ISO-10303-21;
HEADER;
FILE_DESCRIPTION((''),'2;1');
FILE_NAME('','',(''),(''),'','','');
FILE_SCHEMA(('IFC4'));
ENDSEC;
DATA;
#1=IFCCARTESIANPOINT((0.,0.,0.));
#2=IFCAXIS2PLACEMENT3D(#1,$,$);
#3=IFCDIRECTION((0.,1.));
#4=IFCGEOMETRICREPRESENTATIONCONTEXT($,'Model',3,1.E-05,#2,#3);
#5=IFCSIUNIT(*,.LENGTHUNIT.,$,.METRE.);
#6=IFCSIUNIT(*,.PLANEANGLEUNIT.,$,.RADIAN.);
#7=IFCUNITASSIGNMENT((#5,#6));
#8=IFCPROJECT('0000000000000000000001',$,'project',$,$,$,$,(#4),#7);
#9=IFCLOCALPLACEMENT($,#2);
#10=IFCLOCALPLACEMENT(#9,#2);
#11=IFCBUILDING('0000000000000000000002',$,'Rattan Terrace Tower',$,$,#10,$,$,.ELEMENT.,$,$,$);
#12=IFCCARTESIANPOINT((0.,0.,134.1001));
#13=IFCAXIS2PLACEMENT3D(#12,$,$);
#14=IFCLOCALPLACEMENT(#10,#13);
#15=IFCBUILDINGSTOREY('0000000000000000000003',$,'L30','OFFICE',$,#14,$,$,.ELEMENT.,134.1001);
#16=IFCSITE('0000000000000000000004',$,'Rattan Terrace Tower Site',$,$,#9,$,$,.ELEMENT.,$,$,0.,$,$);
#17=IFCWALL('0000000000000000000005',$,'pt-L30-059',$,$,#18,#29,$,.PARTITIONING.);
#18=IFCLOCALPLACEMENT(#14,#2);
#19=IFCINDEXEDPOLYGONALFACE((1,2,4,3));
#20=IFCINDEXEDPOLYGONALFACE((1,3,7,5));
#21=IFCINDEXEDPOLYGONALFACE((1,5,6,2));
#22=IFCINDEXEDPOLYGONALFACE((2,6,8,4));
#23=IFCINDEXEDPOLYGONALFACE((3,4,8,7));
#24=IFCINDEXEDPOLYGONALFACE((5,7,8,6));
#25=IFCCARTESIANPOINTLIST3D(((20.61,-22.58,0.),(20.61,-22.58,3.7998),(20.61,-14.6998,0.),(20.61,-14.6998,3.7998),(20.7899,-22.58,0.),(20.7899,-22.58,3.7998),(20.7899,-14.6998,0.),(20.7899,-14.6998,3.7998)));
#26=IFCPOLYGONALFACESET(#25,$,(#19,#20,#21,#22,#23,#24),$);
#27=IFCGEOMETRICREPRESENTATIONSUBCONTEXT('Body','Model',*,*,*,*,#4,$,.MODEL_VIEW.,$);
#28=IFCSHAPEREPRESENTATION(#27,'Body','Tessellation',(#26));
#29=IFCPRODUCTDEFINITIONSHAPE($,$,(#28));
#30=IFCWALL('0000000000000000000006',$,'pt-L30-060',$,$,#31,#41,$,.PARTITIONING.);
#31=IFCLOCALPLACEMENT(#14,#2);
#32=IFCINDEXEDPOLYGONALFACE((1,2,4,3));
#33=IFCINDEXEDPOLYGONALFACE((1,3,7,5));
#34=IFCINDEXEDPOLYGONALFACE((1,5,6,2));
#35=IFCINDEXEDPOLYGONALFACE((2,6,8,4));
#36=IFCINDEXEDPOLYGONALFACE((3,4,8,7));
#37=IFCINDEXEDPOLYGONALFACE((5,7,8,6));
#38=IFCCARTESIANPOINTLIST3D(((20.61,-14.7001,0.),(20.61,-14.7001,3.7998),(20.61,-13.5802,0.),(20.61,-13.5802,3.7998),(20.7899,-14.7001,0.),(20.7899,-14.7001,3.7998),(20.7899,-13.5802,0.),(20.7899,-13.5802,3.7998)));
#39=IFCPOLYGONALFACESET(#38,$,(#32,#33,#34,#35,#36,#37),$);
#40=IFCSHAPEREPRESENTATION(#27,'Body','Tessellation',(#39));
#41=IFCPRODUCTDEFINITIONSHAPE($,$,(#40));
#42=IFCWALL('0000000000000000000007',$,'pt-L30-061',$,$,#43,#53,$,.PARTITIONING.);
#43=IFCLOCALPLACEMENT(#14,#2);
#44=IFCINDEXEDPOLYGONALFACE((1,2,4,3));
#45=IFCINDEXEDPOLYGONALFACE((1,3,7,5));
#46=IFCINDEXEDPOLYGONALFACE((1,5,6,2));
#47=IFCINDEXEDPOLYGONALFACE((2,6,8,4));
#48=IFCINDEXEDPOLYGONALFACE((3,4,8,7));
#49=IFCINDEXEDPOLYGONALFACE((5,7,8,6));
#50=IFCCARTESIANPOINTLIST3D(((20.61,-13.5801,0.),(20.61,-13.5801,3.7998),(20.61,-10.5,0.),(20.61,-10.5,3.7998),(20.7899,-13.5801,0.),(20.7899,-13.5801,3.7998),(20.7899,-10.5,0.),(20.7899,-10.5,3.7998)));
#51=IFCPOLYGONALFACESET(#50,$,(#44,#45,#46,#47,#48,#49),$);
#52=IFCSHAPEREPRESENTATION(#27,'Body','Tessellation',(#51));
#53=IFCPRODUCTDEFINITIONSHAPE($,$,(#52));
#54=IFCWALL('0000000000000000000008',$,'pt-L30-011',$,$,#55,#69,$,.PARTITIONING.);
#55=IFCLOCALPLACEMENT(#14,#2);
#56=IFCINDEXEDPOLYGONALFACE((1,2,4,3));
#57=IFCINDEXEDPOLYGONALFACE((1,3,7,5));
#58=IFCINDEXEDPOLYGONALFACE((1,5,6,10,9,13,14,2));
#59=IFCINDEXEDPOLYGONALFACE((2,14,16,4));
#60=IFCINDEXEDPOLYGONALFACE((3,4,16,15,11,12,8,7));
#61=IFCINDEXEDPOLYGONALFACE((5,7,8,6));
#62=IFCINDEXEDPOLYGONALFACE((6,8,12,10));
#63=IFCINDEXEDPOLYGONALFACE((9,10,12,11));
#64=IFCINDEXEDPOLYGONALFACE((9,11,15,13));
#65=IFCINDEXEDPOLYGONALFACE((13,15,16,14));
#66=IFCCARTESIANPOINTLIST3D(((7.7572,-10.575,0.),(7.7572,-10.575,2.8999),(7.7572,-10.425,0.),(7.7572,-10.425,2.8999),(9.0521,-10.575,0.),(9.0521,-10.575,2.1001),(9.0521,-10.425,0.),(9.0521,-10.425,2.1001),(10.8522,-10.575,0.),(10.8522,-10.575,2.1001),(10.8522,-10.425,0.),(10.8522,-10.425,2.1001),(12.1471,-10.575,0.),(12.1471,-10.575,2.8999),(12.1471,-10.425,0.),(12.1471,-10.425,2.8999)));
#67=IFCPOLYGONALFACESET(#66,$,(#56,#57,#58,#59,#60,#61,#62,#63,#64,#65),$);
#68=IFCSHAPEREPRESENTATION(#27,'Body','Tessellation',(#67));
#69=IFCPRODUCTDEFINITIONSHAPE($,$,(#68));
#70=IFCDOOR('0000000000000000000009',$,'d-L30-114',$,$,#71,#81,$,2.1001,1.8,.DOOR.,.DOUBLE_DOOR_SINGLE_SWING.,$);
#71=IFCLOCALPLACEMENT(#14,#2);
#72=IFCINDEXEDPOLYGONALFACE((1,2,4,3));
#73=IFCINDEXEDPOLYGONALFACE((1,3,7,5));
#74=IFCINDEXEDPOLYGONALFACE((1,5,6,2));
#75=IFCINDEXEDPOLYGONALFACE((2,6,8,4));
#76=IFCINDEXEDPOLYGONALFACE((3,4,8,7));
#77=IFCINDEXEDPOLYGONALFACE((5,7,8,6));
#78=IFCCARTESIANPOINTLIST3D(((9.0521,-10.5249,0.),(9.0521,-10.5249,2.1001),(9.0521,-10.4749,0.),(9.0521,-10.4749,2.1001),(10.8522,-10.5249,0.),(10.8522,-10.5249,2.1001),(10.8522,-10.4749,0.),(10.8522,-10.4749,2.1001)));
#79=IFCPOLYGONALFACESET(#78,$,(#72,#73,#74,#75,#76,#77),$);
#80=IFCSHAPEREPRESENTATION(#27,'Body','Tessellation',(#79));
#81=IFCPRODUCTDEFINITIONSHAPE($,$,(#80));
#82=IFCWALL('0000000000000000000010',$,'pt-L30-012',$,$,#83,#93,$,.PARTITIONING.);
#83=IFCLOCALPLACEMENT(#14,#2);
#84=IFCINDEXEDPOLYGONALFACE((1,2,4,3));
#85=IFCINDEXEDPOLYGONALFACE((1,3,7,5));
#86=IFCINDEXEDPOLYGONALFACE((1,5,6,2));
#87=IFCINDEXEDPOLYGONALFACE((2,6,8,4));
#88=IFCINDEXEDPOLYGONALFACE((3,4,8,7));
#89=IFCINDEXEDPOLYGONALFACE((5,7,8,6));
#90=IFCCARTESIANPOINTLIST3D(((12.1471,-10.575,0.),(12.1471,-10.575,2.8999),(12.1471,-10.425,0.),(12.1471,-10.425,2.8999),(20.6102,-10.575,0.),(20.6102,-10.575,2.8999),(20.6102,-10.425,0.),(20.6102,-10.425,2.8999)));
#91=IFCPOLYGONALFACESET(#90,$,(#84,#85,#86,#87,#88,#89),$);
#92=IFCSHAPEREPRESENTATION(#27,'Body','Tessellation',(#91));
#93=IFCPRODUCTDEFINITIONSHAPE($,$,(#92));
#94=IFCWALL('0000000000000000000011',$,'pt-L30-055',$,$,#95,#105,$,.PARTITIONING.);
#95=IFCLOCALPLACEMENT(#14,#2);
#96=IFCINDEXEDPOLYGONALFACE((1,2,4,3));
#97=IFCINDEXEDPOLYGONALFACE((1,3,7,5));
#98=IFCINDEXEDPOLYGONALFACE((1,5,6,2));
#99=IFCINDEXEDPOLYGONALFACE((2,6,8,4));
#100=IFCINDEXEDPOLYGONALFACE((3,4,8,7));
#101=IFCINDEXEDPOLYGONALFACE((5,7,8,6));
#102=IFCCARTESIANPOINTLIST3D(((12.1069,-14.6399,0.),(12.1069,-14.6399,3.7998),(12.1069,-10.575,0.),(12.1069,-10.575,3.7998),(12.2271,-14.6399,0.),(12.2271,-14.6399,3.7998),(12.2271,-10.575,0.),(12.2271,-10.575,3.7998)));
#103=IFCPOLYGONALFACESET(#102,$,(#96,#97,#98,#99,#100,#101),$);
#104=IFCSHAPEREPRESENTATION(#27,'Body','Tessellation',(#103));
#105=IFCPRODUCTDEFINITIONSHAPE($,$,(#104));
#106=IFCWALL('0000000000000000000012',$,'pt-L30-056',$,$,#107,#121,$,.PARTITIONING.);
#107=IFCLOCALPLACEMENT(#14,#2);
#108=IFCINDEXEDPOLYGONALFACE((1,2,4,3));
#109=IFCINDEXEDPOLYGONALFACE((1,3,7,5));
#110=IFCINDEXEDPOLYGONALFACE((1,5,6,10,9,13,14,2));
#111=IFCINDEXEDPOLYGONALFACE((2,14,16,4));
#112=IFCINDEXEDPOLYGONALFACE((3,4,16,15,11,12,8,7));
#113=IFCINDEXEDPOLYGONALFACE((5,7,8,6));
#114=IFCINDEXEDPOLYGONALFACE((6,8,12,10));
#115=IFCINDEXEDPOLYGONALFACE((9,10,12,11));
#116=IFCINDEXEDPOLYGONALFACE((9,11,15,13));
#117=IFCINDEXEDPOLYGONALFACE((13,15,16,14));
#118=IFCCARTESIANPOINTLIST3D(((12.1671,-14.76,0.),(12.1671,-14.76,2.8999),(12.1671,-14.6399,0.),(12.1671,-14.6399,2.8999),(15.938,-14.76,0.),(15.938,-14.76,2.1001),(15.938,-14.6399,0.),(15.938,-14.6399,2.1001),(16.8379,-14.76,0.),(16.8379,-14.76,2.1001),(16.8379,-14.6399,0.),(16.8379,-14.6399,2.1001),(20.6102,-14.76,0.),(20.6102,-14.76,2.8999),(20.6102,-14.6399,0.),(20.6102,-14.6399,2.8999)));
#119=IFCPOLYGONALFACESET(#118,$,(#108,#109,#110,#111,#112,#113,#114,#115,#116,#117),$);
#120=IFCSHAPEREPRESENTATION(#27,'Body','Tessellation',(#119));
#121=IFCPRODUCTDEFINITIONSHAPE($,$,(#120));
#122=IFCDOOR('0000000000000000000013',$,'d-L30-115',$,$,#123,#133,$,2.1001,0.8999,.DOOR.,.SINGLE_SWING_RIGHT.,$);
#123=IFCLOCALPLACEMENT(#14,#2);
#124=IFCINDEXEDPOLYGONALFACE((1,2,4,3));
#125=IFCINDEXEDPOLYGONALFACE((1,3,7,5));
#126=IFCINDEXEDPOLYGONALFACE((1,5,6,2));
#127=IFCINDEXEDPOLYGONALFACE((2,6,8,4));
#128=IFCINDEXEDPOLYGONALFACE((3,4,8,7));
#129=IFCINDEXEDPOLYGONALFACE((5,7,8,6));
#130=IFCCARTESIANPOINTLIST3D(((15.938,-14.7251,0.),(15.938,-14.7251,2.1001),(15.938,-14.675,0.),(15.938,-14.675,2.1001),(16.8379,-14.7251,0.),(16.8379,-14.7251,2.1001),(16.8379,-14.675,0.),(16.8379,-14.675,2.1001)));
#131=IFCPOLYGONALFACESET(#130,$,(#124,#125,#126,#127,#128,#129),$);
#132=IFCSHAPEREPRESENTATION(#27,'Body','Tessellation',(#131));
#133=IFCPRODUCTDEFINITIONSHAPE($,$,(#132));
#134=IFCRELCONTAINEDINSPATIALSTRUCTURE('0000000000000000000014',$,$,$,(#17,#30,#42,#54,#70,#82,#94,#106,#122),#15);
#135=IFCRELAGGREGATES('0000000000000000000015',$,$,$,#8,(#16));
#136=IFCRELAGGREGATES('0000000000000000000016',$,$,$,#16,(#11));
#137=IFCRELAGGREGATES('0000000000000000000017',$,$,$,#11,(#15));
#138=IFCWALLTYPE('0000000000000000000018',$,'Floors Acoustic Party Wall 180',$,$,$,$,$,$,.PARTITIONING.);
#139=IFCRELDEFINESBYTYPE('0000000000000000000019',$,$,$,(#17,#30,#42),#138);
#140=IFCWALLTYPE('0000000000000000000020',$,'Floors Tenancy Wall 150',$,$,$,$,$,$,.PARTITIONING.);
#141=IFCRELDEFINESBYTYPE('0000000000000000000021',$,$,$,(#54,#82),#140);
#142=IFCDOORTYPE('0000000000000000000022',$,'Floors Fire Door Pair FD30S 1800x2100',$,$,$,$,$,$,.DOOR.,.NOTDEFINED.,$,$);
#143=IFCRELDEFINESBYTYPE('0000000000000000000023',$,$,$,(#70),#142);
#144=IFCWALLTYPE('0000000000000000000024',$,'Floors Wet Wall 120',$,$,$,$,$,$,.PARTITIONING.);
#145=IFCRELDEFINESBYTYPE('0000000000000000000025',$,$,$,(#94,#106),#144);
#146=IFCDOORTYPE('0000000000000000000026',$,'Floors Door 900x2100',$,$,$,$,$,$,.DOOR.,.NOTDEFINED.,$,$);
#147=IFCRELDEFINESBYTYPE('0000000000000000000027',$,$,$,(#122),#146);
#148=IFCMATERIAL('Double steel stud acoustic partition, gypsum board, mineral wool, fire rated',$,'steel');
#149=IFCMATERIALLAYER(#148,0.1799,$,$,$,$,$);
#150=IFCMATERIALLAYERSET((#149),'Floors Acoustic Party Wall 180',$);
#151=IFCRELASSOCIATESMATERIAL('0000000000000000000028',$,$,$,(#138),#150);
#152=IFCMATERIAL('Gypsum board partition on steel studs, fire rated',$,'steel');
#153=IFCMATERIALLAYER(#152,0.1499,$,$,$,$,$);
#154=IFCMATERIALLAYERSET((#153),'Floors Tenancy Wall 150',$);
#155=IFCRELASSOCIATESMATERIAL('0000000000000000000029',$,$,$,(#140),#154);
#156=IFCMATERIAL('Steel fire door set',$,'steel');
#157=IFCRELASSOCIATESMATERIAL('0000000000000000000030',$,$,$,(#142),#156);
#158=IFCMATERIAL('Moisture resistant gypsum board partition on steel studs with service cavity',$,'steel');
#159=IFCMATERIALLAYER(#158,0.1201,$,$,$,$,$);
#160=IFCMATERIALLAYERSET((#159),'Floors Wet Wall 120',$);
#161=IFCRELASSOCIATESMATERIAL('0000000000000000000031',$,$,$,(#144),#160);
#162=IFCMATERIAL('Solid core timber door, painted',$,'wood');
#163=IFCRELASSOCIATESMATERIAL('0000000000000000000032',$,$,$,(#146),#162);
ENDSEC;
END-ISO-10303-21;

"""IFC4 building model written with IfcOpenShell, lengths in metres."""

from ifc_helpers import new_model, si_unit, direction, frame, frame_2d, origin, place, context, subcontext, project, spatial, rectangle, extrude, material, layer, layer_set, type_object, element, fill, save


model = new_model("IFC4")

# Units and contexts
model_context = context("Model", 3, precision=1e-05, world=origin(), true_north=direction((0.0, 1.0)))
body_context = subcontext(model_context, "Body", "Model", "MODEL_VIEW")
ifc_project = project(units=[si_unit("LENGTHUNIT", "METRE"), si_unit("PLANEANGLEUNIT", "RADIAN")], contexts=[model_context])

# Site, building, storey
site_placement = place(None, origin())
site = spatial("IfcSite", under=ifc_project, at=site_placement, Name="Rattan Terrace Tower Site", CompositionType="ELEMENT", RefElevation=0.0)
building_placement = place(site_placement, origin())
building = spatial("IfcBuilding", under=site, at=building_placement, Name="Rattan Terrace Tower", CompositionType="ELEMENT")
storey_placement = place(building_placement, frame((0.0, 0.0, 134.1001)))
storey = spatial("IfcBuildingStorey", under=building, at=storey_placement, Name="L30", Description="OFFICE", CompositionType="ELEMENT", Elevation=134.1001)

# Walls
ifc_material_1 = material(Name="Double steel stud acoustic partition, gypsum board, mineral wool, fire rated", Category="steel")
ifc_layer_1 = layer(ifc_material_1, 0.1799)
ifc_layer_set_1 = layer_set([ifc_layer_1], Name="Floors Acoustic Party Wall 180")
wall_type_1 = type_object("IfcWallType", Name="Floors Acoustic Party Wall 180", PredefinedType="PARTITIONING", material=ifc_layer_set_1)
wall_1_placement = place(storey_placement, frame((20.7, -14.7, 0.0), z_axis=(0.0, 0.0, 1.0), x_axis=(0.0, -1.0, 0.0)))
element("IfcWall", 1, at=wall_1_placement, inside=storey, type_object=wall_type_1, Name="pt-L30-059", PredefinedType="PARTITIONING", context=body_context, shape_type="SweptSolid", body=[
    extrude(rectangle(XDim=7.8801, YDim=0.1799, at=frame_2d((3.9399, 0.0))), origin(), (0.0, 0.0, 1.0), 3.7998),
])
wall_2_placement = place(storey_placement, frame((20.7, -13.5801, 0.0), z_axis=(0.0, 0.0, 1.0), x_axis=(0.0, -1.0, 0.0)))
element("IfcWall", 2, at=wall_2_placement, inside=storey, type_object=wall_type_1, Name="pt-L30-060", PredefinedType="PARTITIONING", context=body_context, shape_type="SweptSolid", body=[
    extrude(rectangle(XDim=1.1199, YDim=0.1799, at=frame_2d((0.5601, 0.0))), origin(), (0.0, 0.0, 1.0), 3.7998),
])
wall_3_placement = place(storey_placement, frame((20.7, -10.5, 0.0), z_axis=(0.0, 0.0, 1.0), x_axis=(0.0, -1.0, 0.0)))
element("IfcWall", 3, at=wall_3_placement, inside=storey, type_object=wall_type_1, Name="pt-L30-061", PredefinedType="PARTITIONING", context=body_context, shape_type="SweptSolid", body=[
    extrude(rectangle(XDim=3.0801, YDim=0.1799, at=frame_2d((1.54, 0.0))), origin(), (0.0, 0.0, 1.0), 3.7998),
])

# Wall, opening, door
ifc_material_2 = material(Name="Gypsum board partition on steel studs, fire rated", Category="steel")
ifc_layer_2 = layer(ifc_material_2, 0.1499)
ifc_layer_set_2 = layer_set([ifc_layer_2], Name="Floors Tenancy Wall 150")
wall_type_2 = type_object("IfcWallType", Name="Floors Tenancy Wall 150", PredefinedType="PARTITIONING", material=ifc_layer_set_2)
wall_4_placement = place(storey_placement, frame((12.147, -10.5, 0.0), z_axis=(0.0, 0.0, 1.0), x_axis=(-1.0, 0.0, 0.0)))
wall_4 = element("IfcWall", 4, at=wall_4_placement, inside=storey, type_object=wall_type_2, Name="pt-L30-011", PredefinedType="PARTITIONING", context=body_context, shape_type="SweptSolid", body=[
    extrude(rectangle(XDim=4.3899, YDim=0.1499, at=frame_2d((2.1948, 0.0))), origin(), (0.0, 0.0, 1.0), 2.8999),
])
opening_1_placement = place(wall_4_placement, frame((1.2949, 0.0, 0.0)))
opening_1 = element("IfcOpeningElement", 5, at=opening_1_placement, cuts=wall_4, PredefinedType="OPENING", context=body_context, shape_type="SweptSolid", body=[
    extrude(rectangle(XDim=1.8, YDim=2.1001, at=frame_2d((0.8999, 1.05))), frame((0.0, 0.0854, 0.0), z_axis=(0.0, -1.0, 0.0), x_axis=(1.0, 0.0, 0.0)), (0.0, 0.0, 1.0), 0.1709),
])
ifc_material_3 = material(Name="Steel fire door set", Category="steel")
door_type_1 = type_object("IfcDoorType", Name="Floors Fire Door Pair FD30S 1800x2100", OperationType="NOTDEFINED", PredefinedType="DOOR", material=ifc_material_3)
door_1_placement = place(opening_1_placement, origin())
door_1 = element("IfcDoor", 6, at=door_1_placement, inside=storey, type_object=door_type_1, Name="d-L30-114", OperationType="DOUBLE_DOOR_SINGLE_SWING", OverallHeight=2.1001, OverallWidth=1.8, PredefinedType="DOOR", context=body_context, shape_type="SweptSolid", body=[
    extrude(rectangle(XDim=1.8, YDim=2.1001, at=frame_2d((0.8999, 1.05))), frame((0.0, 0.0249, 0.0), z_axis=(0.0, -1.0, 0.0), x_axis=(1.0, 0.0, 0.0)), (0.0, 0.0, 1.0), 0.05),
])
fill(opening_1, door_1)

# Walls
wall_5_placement = place(storey_placement, frame((20.6101, -10.5, 0.0), z_axis=(0.0, 0.0, 1.0), x_axis=(-1.0, 0.0, 0.0)))
element("IfcWall", 7, at=wall_5_placement, inside=storey, type_object=wall_type_2, Name="pt-L30-012", PredefinedType="PARTITIONING", context=body_context, shape_type="SweptSolid", body=[
    extrude(rectangle(XDim=8.4631, YDim=0.1499, at=frame_2d((4.2314, 0.0))), origin(), (0.0, 0.0, 1.0), 2.8999),
])
ifc_material_4 = material(Name="Moisture resistant gypsum board partition on steel studs with service cavity", Category="steel")
ifc_layer_3 = layer(ifc_material_4, 0.1201)
ifc_layer_set_3 = layer_set([ifc_layer_3], Name="Floors Wet Wall 120")
wall_type_3 = type_object("IfcWallType", Name="Floors Wet Wall 120", PredefinedType="PARTITIONING", material=ifc_layer_set_3)
wall_6_placement = place(storey_placement, frame((12.167, -10.575, 0.0), z_axis=(0.0, 0.0, 1.0), x_axis=(0.0, -1.0, 0.0)))
element("IfcWall", 8, at=wall_6_placement, inside=storey, type_object=wall_type_3, Name="pt-L30-055", PredefinedType="PARTITIONING", context=body_context, shape_type="SweptSolid", body=[
    extrude(rectangle(XDim=4.0649, YDim=0.1201, at=frame_2d((2.0325, 0.0))), origin(), (0.0, 0.0, 1.0), 3.7998),
])

# Wall, opening, door
wall_7_placement = place(storey_placement, frame((12.167, -14.7, 0.0), z_axis=(0.0, 0.0, 1.0), x_axis=(1.0, 0.0, 0.0)))
wall_7 = element("IfcWall", 9, at=wall_7_placement, inside=storey, type_object=wall_type_3, Name="pt-L30-056", PredefinedType="PARTITIONING", context=body_context, shape_type="SweptSolid", body=[
    extrude(rectangle(XDim=8.4431, YDim=0.1201, at=frame_2d((4.2217, 0.0))), origin(), (0.0, 0.0, 1.0), 2.8999),
])
opening_2_placement = place(wall_7_placement, frame((3.771, 0.0, 0.0)))
opening_2 = element("IfcOpeningElement", 10, at=opening_2_placement, cuts=wall_7, PredefinedType="OPENING", context=body_context, shape_type="SweptSolid", body=[
    extrude(rectangle(XDim=0.8999, YDim=2.1001, at=frame_2d((0.45, 1.05))), frame((0.0, 0.0706, 0.0), z_axis=(0.0, -1.0, 0.0), x_axis=(1.0, 0.0, 0.0)), (0.0, 0.0, 1.0), 0.1411),
])
ifc_material_5 = material(Name="Solid core timber door, painted", Category="wood")
door_type_2 = type_object("IfcDoorType", Name="Floors Door 900x2100", OperationType="NOTDEFINED", PredefinedType="DOOR", material=ifc_material_5)
door_2_placement = place(opening_2_placement, origin())
door_2 = element("IfcDoor", 11, at=door_2_placement, inside=storey, type_object=door_type_2, Name="d-L30-115", OperationType="SINGLE_SWING_RIGHT", OverallHeight=2.1001, OverallWidth=0.8999, PredefinedType="DOOR", context=body_context, shape_type="SweptSolid", body=[
    extrude(rectangle(XDim=0.8999, YDim=2.1001, at=frame_2d((0.45, 1.05))), frame((0.0, 0.0249, 0.0), z_axis=(0.0, -1.0, 0.0), x_axis=(1.0, 0.0, 0.0)), (0.0, 0.0, 1.0), 0.05),
])
fill(opening_2, door_2)

save(model, "model.ifc")
